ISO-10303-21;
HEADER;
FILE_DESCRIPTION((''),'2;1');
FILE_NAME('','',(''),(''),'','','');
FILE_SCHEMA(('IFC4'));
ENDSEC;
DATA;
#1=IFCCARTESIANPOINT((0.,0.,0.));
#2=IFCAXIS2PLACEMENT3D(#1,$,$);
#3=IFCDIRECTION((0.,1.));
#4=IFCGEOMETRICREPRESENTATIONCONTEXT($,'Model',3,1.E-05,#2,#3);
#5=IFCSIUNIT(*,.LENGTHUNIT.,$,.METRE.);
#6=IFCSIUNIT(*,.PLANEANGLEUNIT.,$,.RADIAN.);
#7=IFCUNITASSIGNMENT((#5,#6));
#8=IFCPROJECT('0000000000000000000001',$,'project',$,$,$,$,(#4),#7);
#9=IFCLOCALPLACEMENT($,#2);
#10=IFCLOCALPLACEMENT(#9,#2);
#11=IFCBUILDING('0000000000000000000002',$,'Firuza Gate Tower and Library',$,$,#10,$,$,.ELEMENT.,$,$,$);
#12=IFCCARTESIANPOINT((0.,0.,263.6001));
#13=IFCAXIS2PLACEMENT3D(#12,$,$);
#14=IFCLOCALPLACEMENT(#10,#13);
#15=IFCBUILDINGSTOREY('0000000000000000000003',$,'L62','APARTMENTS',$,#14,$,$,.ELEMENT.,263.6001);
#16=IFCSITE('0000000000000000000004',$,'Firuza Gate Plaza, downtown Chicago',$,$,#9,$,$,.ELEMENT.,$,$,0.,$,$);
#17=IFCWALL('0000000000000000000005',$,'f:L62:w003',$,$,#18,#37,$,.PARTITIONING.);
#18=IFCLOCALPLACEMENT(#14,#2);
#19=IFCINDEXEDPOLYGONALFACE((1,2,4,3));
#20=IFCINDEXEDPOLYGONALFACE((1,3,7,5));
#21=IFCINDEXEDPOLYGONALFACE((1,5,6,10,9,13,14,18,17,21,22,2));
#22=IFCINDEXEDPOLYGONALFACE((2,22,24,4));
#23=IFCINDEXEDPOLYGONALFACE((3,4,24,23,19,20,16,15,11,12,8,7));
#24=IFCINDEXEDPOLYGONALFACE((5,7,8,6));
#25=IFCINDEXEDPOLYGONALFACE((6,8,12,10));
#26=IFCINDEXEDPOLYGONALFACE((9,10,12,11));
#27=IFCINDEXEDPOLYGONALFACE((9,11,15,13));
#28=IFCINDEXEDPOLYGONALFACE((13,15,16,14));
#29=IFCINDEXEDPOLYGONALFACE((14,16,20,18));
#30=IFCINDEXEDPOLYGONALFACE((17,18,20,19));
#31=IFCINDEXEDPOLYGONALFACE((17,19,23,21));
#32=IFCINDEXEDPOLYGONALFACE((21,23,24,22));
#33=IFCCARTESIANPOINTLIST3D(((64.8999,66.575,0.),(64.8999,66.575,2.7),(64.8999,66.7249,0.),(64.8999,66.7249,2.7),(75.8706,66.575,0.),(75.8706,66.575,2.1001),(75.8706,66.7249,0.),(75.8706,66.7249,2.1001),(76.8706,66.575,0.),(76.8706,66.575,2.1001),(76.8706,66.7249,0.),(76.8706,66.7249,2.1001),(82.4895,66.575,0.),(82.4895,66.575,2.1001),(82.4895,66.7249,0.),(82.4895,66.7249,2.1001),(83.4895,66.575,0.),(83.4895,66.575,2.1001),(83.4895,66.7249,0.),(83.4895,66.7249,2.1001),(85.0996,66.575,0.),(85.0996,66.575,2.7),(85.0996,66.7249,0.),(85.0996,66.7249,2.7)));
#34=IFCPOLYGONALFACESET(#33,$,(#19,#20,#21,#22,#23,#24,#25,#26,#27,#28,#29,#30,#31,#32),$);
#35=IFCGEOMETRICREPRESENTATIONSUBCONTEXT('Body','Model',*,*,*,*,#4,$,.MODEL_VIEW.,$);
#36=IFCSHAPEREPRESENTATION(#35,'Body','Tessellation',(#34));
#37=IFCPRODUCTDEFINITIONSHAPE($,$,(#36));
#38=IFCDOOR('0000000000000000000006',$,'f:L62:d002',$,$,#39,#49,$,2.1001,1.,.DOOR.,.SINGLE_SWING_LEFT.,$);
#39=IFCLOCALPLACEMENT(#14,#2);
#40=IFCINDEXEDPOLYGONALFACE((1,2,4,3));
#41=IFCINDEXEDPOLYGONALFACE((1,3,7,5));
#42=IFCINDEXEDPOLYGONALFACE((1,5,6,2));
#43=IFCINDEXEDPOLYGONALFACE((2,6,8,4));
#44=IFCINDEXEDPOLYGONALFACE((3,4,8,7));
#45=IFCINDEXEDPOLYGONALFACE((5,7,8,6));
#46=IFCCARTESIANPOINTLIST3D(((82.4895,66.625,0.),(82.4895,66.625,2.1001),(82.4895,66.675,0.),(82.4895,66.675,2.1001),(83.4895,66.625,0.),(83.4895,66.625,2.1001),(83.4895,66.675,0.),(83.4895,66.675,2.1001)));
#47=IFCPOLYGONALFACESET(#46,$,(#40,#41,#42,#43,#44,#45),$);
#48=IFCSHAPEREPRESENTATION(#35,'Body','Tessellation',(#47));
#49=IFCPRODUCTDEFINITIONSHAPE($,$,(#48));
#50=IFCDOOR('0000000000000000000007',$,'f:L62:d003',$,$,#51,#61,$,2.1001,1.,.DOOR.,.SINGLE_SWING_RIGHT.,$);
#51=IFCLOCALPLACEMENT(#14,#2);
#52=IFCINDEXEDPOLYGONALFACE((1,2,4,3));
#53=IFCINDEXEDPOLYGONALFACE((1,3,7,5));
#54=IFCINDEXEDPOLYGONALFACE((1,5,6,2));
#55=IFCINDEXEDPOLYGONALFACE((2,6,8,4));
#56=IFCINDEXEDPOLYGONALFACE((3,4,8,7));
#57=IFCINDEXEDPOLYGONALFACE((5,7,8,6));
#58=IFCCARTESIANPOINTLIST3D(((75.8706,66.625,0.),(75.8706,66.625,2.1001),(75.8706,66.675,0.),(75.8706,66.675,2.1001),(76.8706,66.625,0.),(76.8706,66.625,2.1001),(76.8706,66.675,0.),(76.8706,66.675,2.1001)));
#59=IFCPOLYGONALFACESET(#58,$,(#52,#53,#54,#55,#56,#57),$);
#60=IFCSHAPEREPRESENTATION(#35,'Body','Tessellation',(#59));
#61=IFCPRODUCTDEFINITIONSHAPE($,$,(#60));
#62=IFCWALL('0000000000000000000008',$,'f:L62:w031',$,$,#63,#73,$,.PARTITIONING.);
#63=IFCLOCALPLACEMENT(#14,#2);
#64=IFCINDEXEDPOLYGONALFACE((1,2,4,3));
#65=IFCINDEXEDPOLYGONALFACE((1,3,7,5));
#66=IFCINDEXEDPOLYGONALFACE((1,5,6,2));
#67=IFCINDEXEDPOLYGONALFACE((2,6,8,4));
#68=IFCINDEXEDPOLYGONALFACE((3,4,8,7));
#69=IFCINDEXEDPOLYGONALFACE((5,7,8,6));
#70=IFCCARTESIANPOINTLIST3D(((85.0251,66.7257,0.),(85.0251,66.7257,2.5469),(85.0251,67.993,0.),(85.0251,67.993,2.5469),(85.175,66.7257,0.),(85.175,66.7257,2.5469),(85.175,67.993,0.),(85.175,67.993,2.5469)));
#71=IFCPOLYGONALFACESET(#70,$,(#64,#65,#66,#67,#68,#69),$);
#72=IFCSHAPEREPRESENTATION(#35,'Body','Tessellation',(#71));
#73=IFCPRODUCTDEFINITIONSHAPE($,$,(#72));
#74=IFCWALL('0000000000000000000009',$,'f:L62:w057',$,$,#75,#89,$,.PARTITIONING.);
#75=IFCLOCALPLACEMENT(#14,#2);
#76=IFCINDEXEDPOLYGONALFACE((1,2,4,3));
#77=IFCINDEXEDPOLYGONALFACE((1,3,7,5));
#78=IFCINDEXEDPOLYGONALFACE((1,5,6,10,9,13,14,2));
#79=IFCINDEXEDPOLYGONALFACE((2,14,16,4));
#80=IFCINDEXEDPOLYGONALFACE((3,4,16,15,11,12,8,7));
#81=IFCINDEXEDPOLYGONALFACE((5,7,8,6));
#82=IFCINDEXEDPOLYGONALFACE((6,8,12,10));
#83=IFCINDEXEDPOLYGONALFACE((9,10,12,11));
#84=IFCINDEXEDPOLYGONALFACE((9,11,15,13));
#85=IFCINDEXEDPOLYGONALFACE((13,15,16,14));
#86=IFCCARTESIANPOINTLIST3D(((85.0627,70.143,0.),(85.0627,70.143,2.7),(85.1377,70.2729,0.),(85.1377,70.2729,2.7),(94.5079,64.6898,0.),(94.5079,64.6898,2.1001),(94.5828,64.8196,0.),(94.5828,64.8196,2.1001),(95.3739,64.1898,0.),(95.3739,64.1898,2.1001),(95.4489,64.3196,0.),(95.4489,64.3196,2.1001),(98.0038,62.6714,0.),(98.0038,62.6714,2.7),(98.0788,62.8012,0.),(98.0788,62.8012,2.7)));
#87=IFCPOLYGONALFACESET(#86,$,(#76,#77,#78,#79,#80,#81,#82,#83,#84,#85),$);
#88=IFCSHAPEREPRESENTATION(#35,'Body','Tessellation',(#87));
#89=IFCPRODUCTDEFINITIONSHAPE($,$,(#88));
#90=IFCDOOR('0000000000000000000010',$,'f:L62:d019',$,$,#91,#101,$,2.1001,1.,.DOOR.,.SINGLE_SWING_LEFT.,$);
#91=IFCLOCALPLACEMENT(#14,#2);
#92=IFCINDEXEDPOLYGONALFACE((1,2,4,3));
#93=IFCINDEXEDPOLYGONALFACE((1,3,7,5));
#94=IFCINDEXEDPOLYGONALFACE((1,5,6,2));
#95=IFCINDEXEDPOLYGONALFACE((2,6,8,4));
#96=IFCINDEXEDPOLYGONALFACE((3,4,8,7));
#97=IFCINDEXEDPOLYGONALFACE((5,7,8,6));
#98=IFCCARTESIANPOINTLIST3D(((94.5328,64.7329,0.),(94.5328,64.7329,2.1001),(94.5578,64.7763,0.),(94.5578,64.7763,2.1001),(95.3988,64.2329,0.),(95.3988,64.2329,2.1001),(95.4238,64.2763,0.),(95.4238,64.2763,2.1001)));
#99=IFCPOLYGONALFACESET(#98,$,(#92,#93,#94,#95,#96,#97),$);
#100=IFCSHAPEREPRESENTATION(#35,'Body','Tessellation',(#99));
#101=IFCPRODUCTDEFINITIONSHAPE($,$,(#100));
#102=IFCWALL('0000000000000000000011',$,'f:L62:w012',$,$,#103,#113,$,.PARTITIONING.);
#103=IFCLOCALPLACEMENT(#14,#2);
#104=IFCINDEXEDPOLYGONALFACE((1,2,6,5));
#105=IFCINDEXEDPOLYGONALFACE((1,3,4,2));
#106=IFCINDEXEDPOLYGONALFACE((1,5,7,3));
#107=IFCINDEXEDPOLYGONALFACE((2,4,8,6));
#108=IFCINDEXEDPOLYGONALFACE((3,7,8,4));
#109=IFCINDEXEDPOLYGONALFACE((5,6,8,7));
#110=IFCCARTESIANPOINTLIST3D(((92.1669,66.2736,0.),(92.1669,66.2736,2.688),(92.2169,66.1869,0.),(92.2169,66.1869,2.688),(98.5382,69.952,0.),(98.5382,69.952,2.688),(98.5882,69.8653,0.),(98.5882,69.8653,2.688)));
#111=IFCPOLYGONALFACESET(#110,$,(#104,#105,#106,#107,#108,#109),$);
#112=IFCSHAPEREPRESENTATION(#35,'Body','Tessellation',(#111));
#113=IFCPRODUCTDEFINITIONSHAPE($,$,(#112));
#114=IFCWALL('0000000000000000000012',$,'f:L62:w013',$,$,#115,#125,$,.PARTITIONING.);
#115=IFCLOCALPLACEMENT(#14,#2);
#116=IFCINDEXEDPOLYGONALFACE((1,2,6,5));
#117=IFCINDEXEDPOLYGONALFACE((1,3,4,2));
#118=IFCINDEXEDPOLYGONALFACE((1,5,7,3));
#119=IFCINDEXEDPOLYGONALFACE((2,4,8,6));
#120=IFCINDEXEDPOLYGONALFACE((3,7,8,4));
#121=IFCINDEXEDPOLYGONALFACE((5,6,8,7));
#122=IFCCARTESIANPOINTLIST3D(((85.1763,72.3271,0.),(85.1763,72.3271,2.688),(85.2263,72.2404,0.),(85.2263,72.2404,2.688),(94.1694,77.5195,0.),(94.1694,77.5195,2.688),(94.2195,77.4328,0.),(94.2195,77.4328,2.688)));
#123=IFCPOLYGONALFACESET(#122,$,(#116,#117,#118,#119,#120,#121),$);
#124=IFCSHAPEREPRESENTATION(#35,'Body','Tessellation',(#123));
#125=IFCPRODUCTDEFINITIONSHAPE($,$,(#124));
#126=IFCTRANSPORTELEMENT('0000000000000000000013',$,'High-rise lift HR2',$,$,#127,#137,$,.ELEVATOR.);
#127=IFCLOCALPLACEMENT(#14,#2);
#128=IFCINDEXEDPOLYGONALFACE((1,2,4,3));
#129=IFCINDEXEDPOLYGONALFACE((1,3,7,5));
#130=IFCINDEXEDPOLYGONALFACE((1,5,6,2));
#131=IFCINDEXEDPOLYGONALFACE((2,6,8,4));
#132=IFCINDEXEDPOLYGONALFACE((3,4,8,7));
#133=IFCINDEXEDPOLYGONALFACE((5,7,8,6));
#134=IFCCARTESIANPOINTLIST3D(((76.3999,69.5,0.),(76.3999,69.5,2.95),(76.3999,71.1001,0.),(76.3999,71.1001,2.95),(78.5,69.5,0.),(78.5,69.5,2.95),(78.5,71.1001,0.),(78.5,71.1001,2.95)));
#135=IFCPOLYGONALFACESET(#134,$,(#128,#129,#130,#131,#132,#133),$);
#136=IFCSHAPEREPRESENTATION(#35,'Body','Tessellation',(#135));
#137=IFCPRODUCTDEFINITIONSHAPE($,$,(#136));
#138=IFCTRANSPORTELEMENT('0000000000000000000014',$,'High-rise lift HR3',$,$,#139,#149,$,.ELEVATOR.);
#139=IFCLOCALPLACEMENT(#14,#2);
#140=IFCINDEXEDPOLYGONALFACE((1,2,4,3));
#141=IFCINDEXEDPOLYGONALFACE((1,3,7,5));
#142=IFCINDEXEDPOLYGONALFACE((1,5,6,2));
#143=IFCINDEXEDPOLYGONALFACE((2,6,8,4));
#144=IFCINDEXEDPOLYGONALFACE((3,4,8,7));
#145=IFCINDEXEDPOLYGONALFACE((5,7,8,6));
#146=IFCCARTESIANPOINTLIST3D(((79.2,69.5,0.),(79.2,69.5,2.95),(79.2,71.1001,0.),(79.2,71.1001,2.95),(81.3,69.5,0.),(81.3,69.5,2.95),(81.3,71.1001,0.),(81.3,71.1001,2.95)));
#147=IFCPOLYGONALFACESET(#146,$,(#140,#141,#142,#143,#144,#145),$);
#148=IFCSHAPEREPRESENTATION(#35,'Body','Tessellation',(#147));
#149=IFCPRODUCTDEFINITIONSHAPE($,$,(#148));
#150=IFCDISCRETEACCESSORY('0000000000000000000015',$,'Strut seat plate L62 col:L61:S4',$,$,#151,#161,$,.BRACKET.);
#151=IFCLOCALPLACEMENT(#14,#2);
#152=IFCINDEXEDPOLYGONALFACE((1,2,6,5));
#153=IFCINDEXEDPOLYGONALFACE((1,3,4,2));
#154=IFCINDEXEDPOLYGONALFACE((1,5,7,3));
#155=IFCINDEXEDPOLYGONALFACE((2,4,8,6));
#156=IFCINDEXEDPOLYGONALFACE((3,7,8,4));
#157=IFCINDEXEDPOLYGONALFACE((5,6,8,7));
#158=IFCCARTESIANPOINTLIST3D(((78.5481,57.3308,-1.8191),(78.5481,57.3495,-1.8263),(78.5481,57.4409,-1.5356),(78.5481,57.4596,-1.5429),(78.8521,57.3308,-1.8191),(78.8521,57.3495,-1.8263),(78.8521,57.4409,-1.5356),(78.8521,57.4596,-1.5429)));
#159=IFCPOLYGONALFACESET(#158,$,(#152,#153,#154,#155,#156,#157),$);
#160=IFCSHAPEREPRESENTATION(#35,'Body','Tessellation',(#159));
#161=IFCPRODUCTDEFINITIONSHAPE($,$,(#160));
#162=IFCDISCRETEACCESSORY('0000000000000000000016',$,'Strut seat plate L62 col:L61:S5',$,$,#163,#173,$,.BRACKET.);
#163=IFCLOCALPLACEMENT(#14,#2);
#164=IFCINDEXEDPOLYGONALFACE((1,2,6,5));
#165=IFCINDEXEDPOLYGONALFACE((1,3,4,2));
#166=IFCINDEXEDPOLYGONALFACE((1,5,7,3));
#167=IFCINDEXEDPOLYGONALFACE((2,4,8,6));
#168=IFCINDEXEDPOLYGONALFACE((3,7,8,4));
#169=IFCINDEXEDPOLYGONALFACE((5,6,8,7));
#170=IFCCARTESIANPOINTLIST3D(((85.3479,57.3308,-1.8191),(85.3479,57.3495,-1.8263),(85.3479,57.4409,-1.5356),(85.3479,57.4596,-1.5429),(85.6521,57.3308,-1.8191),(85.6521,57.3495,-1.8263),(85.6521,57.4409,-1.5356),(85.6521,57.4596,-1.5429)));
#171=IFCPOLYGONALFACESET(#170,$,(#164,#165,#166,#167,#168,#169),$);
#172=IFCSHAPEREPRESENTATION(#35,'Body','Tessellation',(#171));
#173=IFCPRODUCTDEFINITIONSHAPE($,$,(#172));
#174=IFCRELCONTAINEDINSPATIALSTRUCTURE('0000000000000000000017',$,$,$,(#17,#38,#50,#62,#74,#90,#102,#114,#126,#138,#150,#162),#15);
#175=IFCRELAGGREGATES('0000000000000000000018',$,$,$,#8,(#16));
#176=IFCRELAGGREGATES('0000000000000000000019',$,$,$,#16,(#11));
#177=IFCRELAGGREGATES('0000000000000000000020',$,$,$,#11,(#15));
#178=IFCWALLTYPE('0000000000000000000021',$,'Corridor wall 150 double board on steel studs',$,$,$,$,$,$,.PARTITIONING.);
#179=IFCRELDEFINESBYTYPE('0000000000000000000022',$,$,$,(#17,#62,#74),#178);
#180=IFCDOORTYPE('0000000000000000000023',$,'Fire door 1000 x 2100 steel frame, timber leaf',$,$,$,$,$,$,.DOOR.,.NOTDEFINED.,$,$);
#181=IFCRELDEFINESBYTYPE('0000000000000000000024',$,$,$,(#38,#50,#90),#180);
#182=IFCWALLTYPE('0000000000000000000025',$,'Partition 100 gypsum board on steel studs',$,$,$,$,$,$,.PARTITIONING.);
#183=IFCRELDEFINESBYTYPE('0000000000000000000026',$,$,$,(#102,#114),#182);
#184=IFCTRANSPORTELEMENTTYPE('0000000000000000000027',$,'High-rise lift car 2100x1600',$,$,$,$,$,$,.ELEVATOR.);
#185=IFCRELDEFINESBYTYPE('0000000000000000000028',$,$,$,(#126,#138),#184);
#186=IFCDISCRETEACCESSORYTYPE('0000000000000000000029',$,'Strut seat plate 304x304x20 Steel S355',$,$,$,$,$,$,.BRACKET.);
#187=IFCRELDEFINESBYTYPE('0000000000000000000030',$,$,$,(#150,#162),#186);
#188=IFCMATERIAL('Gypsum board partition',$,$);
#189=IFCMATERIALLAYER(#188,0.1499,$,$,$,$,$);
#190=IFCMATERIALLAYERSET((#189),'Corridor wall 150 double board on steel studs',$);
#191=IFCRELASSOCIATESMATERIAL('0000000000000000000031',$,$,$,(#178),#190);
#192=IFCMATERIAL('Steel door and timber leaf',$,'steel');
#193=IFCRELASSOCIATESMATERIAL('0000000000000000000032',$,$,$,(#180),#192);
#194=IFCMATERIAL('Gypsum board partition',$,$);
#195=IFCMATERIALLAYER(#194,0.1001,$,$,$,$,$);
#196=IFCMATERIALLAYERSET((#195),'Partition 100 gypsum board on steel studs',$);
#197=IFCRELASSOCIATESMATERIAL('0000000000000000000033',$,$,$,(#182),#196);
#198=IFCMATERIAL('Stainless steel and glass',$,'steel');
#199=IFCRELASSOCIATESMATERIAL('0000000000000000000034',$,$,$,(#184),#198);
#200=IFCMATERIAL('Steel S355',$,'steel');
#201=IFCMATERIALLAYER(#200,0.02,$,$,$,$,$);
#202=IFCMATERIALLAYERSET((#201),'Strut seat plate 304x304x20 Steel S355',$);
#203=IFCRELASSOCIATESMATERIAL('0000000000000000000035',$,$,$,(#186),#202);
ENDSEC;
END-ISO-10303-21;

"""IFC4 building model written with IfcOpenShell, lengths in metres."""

from ifc_helpers import new_model, si_unit, direction, frame, frame_2d, origin, origin_2d, place, context, subcontext, project, spatial, polyline, rectangle, outline, extrude, material, layer, layer_set, type_object, element, fill, save


model = new_model("IFC4")

# Units and contexts
model_context = context("Model", 3, precision=1e-05, world=origin(), true_north=direction((0.0, 1.0)))
body_context = subcontext(model_context, "Body", "Model", "MODEL_VIEW")
ifc_project = project(units=[si_unit("LENGTHUNIT", "METRE"), si_unit("PLANEANGLEUNIT", "RADIAN")], contexts=[model_context])

# Site, building, storey
site_placement = place(None, origin())
site = spatial("IfcSite", under=ifc_project, at=site_placement, Name="Firuza Gate Plaza, downtown Chicago", CompositionType="ELEMENT", RefElevation=0.0)
building_placement = place(site_placement, origin())
building = spatial("IfcBuilding", under=site, at=building_placement, Name="Firuza Gate Tower and Library", CompositionType="ELEMENT")
storey_placement = place(building_placement, frame((0.0, 0.0, 263.6001)))
storey = spatial("IfcBuildingStorey", under=building, at=storey_placement, Name="L62", Description="APARTMENTS", CompositionType="ELEMENT", Elevation=263.6001)

# Wall, openings, doors
ifc_material_1 = material(Name="Gypsum board partition")
ifc_layer_1 = layer(ifc_material_1, 0.1499)
ifc_layer_set_1 = layer_set([ifc_layer_1], Name="Corridor wall 150 double board on steel studs")
wall_type_1 = type_object("IfcWallType", Name="Corridor wall 150 double board on steel studs", PredefinedType="PARTITIONING", material=ifc_layer_set_1)
wall_1_placement = place(storey_placement, frame((85.0996, 66.6499, 0.0), z_axis=(0.0, 0.0, 1.0), x_axis=(-1.0, 0.0, 0.0)))
wall_1 = element("IfcWall", 1, at=wall_1_placement, inside=storey, type_object=wall_type_1, Name="f:L62:w003", PredefinedType="PARTITIONING", context=body_context, shape_type="SweptSolid", body=[
    extrude(rectangle(XDim=20.1997, YDim=0.1499, at=frame_2d((10.0999, 0.0))), origin(), (0.0, 0.0, 1.0), 2.7),
])
opening_1_placement = place(wall_1_placement, frame((1.6101, 0.0, 0.0)))
opening_1 = element("IfcOpeningElement", 2, at=opening_1_placement, cuts=wall_1, PredefinedType="OPENING", context=body_context, shape_type="SweptSolid", body=[
    extrude(rectangle(XDim=1.0, YDim=2.1001, at=frame_2d((0.5, 1.05))), frame((0.0, 0.085, 0.0), z_axis=(0.0, -1.0, 0.0), x_axis=(1.0, 0.0, 0.0)), (0.0, 0.0, 1.0), 0.1699),
])
opening_2_placement = place(wall_1_placement, frame((8.229, 0.0, 0.0)))
opening_2 = element("IfcOpeningElement", 3, at=opening_2_placement, cuts=wall_1, PredefinedType="OPENING", context=body_context, shape_type="SweptSolid", body=[
    extrude(rectangle(XDim=1.0, YDim=2.1001, at=frame_2d((0.5, 1.05))), frame((0.0, 0.085, 0.0), z_axis=(0.0, -1.0, 0.0), x_axis=(1.0, 0.0, 0.0)), (0.0, 0.0, 1.0), 0.1699),
])
ifc_material_2 = material(Name="Steel door and timber leaf", Category="steel")
door_type_1 = type_object("IfcDoorType", Name="Fire door 1000 x 2100 steel frame, timber leaf", OperationType="NOTDEFINED", PredefinedType="DOOR", material=ifc_material_2)
door_1_placement = place(opening_1_placement, origin())
door_1 = element("IfcDoor", 4, at=door_1_placement, inside=storey, type_object=door_type_1, Name="f:L62:d002", OperationType="SINGLE_SWING_LEFT", OverallHeight=2.1001, OverallWidth=1.0, PredefinedType="DOOR", context=body_context, shape_type="SweptSolid", body=[
    extrude(rectangle(XDim=1.0, YDim=2.1001, at=frame_2d((0.5, 1.05))), frame((0.0, 0.0249, 0.0), z_axis=(0.0, -1.0, 0.0), x_axis=(1.0, 0.0, 0.0)), (0.0, 0.0, 1.0), 0.05),
])
fill(opening_1, door_1)
door_2_placement = place(opening_2_placement, origin())
door_2 = element("IfcDoor", 5, at=door_2_placement, inside=storey, type_object=door_type_1, Name="f:L62:d003", OperationType="SINGLE_SWING_RIGHT", OverallHeight=2.1001, OverallWidth=1.0, PredefinedType="DOOR", context=body_context, shape_type="SweptSolid", body=[
    extrude(rectangle(XDim=1.0, YDim=2.1001, at=frame_2d((0.5, 1.05))), frame((0.0, 0.0249, 0.0), z_axis=(0.0, -1.0, 0.0), x_axis=(1.0, 0.0, 0.0)), (0.0, 0.0, 1.0), 0.05),
])
fill(opening_2, door_2)

# Wall
wall_2_placement = place(storey_placement, frame((85.1001, 66.7256, 0.0), z_axis=(0.0, 0.0, 1.0), x_axis=(0.0, 1.0, 0.0)))
element("IfcWall", 6, at=wall_2_placement, inside=storey, type_object=wall_type_1, Name="f:L62:w031", PredefinedType="PARTITIONING", context=body_context, shape_type="SweptSolid", body=[
    extrude(rectangle(XDim=1.2673, YDim=0.1499, at=frame_2d((0.6338, 0.0))), origin(), (0.0, 0.0, 1.0), 2.5469),
])

# Wall, opening, door
wall_3_placement = place(storey_placement, frame((85.1001, 70.208, 0.0), z_axis=(0.0, 0.0, 1.0), x_axis=(0.866023, -0.500005, 0.0)))
wall_3 = element("IfcWall", 7, at=wall_3_placement, inside=storey, type_object=wall_type_1, Name="f:L62:w057", PredefinedType="PARTITIONING", context=body_context, shape_type="SweptSolid", body=[
    extrude(rectangle(XDim=14.9431, YDim=0.1499, at=frame_2d((7.4717, 0.0))), origin(), (0.0, 0.0, 1.0), 2.7),
])
opening_3_placement = place(wall_3_placement, frame((10.9065, 0.0, 0.0)))
opening_3 = element("IfcOpeningElement", 8, at=opening_3_placement, cuts=wall_3, PredefinedType="OPENING", context=body_context, shape_type="SweptSolid", body=[
    extrude(rectangle(XDim=1.0, YDim=2.1001, at=frame_2d((0.5, 1.05))), frame((0.0, 0.085, 0.0), z_axis=(0.0, -1.0, 0.0), x_axis=(1.0, 0.0, 0.0)), (0.0, 0.0, 1.0), 0.1699),
])
door_3_placement = place(opening_3_placement, origin())
door_3 = element("IfcDoor", 9, at=door_3_placement, inside=storey, type_object=door_type_1, Name="f:L62:d019", OperationType="SINGLE_SWING_LEFT", OverallHeight=2.1001, OverallWidth=1.0, PredefinedType="DOOR", context=body_context, shape_type="SweptSolid", body=[
    extrude(rectangle(XDim=1.0, YDim=2.1001, at=frame_2d((0.5, 1.05))), frame((0.0, 0.0249, 0.0), z_axis=(0.0, -1.0, 0.0), x_axis=(1.0, 0.0, 0.0)), (0.0, 0.0, 1.0), 0.05),
])
fill(opening_3, door_3)

# Walls
ifc_material_3 = material(Name="Gypsum board partition")
ifc_layer_2 = layer(ifc_material_3, 0.1001)
ifc_layer_set_2 = layer_set([ifc_layer_2], Name="Partition 100 gypsum board on steel studs")
wall_type_2 = type_object("IfcWallType", Name="Partition 100 gypsum board on steel studs", PredefinedType="PARTITIONING", material=ifc_layer_set_2)
wall_4_placement = place(storey_placement, frame((92.1919, 66.2302, 0.0), z_axis=(0.0, 0.0, 1.0), x_axis=(0.866027, 0.499997, 0.0)))
element("IfcWall", 10, at=wall_4_placement, inside=storey, type_object=wall_type_2, Name="f:L62:w012", PredefinedType="PARTITIONING", context=body_context, shape_type="SweptSolid", body=[
    extrude(rectangle(XDim=7.3569, YDim=0.1001, at=frame_2d((3.6785, 0.0))), origin(), (0.0, 0.0, 1.0), 2.688),
])
wall_5_placement = place(storey_placement, frame((85.2012, 72.2837, 0.0), z_axis=(0.0, 0.0, 1.0), x_axis=(0.866018, 0.500013, 0.0)))
element("IfcWall", 11, at=wall_5_placement, inside=storey, type_object=wall_type_2, Name="f:L62:w013", PredefinedType="PARTITIONING", context=body_context, shape_type="SweptSolid", body=[
    extrude(rectangle(XDim=10.3845, YDim=0.1001, at=frame_2d((5.1924, 0.0))), origin(), (0.0, 0.0, 1.0), 2.688),
])

# Transport elements
ifc_material_4 = material(Name="Stainless steel and glass", Category="steel")
transport_element_type = type_object("IfcTransportElementType", Name="High-rise lift car 2100x1600", PredefinedType="ELEVATOR", material=ifc_material_4)
for number, where, z_axis, x_axis, name in (
    (12, (77.45, 70.3, 0.0), (0.0, 0.0, 1.0), (1.0, 0.0, 0.0), "High-rise lift HR2"),
    (13, (80.25, 70.3, 0.0), (0.0, 0.0, 1.0), (1.0, 0.0, 0.0), "High-rise lift HR3"),
):
    element("IfcTransportElement", number, at=place(storey_placement, frame(where, z_axis=z_axis, x_axis=x_axis)), inside=storey, type_object=transport_element_type, Name=name, PredefinedType="ELEVATOR", context=body_context, shape_type="SweptSolid", body=[
        extrude(rectangle(XDim=2.1001, YDim=1.6001, at=origin_2d()), origin(), (0.0, 0.0, 1.0), 2.95),
    ])

# Discrete accessories
ifc_material_5 = material(Name="Steel S355", Category="steel")
ifc_layer_3 = layer(ifc_material_5, 0.02)
ifc_layer_set_3 = layer_set([ifc_layer_3], Name="Strut seat plate 304x304x20 Steel S355")
discrete_accessory_type = type_object("IfcDiscreteAccessoryType", Name="Strut seat plate 304x304x20 Steel S355", PredefinedType="BRACKET", material=ifc_layer_set_3)
discrete_accessory_1_placement = place(storey_placement, frame((78.8521, 57.4409, -1.5356), z_axis=(0.0, -0.93214, 0.362098), x_axis=(-1.0, 0.0, 0.0)))
element("IfcDiscreteAccessory", 14, at=discrete_accessory_1_placement, inside=storey, type_object=discrete_accessory_type, Name="Strut seat plate L62 col:L61:S4", PredefinedType="BRACKET", context=body_context, shape_type="SweptSolid", body=[
    extrude(outline(polyline([(0.0, 0.0), (0.304, 0.0), (0.304, 0.3041), (0.0, 0.3041), (0.0, 0.0)])), origin(), (0.0, 0.0, -1.0), 0.02),
])
discrete_accessory_2_placement = place(storey_placement, frame((85.6521, 57.4409, -1.5356), z_axis=(0.0, -0.93214, 0.362098), x_axis=(-1.0, 0.0, 0.0)))
element("IfcDiscreteAccessory", 15, at=discrete_accessory_2_placement, inside=storey, type_object=discrete_accessory_type, Name="Strut seat plate L62 col:L61:S5", PredefinedType="BRACKET", context=body_context, shape_type="SweptSolid", body=[
    extrude(outline(polyline([(0.0, 0.0), (0.3042, 0.0), (0.3042, 0.3041), (0.0, 0.3041), (0.0, 0.0)])), origin(), (0.0, 0.0, -1.0), 0.02),
])

save(model, "model.ifc")
